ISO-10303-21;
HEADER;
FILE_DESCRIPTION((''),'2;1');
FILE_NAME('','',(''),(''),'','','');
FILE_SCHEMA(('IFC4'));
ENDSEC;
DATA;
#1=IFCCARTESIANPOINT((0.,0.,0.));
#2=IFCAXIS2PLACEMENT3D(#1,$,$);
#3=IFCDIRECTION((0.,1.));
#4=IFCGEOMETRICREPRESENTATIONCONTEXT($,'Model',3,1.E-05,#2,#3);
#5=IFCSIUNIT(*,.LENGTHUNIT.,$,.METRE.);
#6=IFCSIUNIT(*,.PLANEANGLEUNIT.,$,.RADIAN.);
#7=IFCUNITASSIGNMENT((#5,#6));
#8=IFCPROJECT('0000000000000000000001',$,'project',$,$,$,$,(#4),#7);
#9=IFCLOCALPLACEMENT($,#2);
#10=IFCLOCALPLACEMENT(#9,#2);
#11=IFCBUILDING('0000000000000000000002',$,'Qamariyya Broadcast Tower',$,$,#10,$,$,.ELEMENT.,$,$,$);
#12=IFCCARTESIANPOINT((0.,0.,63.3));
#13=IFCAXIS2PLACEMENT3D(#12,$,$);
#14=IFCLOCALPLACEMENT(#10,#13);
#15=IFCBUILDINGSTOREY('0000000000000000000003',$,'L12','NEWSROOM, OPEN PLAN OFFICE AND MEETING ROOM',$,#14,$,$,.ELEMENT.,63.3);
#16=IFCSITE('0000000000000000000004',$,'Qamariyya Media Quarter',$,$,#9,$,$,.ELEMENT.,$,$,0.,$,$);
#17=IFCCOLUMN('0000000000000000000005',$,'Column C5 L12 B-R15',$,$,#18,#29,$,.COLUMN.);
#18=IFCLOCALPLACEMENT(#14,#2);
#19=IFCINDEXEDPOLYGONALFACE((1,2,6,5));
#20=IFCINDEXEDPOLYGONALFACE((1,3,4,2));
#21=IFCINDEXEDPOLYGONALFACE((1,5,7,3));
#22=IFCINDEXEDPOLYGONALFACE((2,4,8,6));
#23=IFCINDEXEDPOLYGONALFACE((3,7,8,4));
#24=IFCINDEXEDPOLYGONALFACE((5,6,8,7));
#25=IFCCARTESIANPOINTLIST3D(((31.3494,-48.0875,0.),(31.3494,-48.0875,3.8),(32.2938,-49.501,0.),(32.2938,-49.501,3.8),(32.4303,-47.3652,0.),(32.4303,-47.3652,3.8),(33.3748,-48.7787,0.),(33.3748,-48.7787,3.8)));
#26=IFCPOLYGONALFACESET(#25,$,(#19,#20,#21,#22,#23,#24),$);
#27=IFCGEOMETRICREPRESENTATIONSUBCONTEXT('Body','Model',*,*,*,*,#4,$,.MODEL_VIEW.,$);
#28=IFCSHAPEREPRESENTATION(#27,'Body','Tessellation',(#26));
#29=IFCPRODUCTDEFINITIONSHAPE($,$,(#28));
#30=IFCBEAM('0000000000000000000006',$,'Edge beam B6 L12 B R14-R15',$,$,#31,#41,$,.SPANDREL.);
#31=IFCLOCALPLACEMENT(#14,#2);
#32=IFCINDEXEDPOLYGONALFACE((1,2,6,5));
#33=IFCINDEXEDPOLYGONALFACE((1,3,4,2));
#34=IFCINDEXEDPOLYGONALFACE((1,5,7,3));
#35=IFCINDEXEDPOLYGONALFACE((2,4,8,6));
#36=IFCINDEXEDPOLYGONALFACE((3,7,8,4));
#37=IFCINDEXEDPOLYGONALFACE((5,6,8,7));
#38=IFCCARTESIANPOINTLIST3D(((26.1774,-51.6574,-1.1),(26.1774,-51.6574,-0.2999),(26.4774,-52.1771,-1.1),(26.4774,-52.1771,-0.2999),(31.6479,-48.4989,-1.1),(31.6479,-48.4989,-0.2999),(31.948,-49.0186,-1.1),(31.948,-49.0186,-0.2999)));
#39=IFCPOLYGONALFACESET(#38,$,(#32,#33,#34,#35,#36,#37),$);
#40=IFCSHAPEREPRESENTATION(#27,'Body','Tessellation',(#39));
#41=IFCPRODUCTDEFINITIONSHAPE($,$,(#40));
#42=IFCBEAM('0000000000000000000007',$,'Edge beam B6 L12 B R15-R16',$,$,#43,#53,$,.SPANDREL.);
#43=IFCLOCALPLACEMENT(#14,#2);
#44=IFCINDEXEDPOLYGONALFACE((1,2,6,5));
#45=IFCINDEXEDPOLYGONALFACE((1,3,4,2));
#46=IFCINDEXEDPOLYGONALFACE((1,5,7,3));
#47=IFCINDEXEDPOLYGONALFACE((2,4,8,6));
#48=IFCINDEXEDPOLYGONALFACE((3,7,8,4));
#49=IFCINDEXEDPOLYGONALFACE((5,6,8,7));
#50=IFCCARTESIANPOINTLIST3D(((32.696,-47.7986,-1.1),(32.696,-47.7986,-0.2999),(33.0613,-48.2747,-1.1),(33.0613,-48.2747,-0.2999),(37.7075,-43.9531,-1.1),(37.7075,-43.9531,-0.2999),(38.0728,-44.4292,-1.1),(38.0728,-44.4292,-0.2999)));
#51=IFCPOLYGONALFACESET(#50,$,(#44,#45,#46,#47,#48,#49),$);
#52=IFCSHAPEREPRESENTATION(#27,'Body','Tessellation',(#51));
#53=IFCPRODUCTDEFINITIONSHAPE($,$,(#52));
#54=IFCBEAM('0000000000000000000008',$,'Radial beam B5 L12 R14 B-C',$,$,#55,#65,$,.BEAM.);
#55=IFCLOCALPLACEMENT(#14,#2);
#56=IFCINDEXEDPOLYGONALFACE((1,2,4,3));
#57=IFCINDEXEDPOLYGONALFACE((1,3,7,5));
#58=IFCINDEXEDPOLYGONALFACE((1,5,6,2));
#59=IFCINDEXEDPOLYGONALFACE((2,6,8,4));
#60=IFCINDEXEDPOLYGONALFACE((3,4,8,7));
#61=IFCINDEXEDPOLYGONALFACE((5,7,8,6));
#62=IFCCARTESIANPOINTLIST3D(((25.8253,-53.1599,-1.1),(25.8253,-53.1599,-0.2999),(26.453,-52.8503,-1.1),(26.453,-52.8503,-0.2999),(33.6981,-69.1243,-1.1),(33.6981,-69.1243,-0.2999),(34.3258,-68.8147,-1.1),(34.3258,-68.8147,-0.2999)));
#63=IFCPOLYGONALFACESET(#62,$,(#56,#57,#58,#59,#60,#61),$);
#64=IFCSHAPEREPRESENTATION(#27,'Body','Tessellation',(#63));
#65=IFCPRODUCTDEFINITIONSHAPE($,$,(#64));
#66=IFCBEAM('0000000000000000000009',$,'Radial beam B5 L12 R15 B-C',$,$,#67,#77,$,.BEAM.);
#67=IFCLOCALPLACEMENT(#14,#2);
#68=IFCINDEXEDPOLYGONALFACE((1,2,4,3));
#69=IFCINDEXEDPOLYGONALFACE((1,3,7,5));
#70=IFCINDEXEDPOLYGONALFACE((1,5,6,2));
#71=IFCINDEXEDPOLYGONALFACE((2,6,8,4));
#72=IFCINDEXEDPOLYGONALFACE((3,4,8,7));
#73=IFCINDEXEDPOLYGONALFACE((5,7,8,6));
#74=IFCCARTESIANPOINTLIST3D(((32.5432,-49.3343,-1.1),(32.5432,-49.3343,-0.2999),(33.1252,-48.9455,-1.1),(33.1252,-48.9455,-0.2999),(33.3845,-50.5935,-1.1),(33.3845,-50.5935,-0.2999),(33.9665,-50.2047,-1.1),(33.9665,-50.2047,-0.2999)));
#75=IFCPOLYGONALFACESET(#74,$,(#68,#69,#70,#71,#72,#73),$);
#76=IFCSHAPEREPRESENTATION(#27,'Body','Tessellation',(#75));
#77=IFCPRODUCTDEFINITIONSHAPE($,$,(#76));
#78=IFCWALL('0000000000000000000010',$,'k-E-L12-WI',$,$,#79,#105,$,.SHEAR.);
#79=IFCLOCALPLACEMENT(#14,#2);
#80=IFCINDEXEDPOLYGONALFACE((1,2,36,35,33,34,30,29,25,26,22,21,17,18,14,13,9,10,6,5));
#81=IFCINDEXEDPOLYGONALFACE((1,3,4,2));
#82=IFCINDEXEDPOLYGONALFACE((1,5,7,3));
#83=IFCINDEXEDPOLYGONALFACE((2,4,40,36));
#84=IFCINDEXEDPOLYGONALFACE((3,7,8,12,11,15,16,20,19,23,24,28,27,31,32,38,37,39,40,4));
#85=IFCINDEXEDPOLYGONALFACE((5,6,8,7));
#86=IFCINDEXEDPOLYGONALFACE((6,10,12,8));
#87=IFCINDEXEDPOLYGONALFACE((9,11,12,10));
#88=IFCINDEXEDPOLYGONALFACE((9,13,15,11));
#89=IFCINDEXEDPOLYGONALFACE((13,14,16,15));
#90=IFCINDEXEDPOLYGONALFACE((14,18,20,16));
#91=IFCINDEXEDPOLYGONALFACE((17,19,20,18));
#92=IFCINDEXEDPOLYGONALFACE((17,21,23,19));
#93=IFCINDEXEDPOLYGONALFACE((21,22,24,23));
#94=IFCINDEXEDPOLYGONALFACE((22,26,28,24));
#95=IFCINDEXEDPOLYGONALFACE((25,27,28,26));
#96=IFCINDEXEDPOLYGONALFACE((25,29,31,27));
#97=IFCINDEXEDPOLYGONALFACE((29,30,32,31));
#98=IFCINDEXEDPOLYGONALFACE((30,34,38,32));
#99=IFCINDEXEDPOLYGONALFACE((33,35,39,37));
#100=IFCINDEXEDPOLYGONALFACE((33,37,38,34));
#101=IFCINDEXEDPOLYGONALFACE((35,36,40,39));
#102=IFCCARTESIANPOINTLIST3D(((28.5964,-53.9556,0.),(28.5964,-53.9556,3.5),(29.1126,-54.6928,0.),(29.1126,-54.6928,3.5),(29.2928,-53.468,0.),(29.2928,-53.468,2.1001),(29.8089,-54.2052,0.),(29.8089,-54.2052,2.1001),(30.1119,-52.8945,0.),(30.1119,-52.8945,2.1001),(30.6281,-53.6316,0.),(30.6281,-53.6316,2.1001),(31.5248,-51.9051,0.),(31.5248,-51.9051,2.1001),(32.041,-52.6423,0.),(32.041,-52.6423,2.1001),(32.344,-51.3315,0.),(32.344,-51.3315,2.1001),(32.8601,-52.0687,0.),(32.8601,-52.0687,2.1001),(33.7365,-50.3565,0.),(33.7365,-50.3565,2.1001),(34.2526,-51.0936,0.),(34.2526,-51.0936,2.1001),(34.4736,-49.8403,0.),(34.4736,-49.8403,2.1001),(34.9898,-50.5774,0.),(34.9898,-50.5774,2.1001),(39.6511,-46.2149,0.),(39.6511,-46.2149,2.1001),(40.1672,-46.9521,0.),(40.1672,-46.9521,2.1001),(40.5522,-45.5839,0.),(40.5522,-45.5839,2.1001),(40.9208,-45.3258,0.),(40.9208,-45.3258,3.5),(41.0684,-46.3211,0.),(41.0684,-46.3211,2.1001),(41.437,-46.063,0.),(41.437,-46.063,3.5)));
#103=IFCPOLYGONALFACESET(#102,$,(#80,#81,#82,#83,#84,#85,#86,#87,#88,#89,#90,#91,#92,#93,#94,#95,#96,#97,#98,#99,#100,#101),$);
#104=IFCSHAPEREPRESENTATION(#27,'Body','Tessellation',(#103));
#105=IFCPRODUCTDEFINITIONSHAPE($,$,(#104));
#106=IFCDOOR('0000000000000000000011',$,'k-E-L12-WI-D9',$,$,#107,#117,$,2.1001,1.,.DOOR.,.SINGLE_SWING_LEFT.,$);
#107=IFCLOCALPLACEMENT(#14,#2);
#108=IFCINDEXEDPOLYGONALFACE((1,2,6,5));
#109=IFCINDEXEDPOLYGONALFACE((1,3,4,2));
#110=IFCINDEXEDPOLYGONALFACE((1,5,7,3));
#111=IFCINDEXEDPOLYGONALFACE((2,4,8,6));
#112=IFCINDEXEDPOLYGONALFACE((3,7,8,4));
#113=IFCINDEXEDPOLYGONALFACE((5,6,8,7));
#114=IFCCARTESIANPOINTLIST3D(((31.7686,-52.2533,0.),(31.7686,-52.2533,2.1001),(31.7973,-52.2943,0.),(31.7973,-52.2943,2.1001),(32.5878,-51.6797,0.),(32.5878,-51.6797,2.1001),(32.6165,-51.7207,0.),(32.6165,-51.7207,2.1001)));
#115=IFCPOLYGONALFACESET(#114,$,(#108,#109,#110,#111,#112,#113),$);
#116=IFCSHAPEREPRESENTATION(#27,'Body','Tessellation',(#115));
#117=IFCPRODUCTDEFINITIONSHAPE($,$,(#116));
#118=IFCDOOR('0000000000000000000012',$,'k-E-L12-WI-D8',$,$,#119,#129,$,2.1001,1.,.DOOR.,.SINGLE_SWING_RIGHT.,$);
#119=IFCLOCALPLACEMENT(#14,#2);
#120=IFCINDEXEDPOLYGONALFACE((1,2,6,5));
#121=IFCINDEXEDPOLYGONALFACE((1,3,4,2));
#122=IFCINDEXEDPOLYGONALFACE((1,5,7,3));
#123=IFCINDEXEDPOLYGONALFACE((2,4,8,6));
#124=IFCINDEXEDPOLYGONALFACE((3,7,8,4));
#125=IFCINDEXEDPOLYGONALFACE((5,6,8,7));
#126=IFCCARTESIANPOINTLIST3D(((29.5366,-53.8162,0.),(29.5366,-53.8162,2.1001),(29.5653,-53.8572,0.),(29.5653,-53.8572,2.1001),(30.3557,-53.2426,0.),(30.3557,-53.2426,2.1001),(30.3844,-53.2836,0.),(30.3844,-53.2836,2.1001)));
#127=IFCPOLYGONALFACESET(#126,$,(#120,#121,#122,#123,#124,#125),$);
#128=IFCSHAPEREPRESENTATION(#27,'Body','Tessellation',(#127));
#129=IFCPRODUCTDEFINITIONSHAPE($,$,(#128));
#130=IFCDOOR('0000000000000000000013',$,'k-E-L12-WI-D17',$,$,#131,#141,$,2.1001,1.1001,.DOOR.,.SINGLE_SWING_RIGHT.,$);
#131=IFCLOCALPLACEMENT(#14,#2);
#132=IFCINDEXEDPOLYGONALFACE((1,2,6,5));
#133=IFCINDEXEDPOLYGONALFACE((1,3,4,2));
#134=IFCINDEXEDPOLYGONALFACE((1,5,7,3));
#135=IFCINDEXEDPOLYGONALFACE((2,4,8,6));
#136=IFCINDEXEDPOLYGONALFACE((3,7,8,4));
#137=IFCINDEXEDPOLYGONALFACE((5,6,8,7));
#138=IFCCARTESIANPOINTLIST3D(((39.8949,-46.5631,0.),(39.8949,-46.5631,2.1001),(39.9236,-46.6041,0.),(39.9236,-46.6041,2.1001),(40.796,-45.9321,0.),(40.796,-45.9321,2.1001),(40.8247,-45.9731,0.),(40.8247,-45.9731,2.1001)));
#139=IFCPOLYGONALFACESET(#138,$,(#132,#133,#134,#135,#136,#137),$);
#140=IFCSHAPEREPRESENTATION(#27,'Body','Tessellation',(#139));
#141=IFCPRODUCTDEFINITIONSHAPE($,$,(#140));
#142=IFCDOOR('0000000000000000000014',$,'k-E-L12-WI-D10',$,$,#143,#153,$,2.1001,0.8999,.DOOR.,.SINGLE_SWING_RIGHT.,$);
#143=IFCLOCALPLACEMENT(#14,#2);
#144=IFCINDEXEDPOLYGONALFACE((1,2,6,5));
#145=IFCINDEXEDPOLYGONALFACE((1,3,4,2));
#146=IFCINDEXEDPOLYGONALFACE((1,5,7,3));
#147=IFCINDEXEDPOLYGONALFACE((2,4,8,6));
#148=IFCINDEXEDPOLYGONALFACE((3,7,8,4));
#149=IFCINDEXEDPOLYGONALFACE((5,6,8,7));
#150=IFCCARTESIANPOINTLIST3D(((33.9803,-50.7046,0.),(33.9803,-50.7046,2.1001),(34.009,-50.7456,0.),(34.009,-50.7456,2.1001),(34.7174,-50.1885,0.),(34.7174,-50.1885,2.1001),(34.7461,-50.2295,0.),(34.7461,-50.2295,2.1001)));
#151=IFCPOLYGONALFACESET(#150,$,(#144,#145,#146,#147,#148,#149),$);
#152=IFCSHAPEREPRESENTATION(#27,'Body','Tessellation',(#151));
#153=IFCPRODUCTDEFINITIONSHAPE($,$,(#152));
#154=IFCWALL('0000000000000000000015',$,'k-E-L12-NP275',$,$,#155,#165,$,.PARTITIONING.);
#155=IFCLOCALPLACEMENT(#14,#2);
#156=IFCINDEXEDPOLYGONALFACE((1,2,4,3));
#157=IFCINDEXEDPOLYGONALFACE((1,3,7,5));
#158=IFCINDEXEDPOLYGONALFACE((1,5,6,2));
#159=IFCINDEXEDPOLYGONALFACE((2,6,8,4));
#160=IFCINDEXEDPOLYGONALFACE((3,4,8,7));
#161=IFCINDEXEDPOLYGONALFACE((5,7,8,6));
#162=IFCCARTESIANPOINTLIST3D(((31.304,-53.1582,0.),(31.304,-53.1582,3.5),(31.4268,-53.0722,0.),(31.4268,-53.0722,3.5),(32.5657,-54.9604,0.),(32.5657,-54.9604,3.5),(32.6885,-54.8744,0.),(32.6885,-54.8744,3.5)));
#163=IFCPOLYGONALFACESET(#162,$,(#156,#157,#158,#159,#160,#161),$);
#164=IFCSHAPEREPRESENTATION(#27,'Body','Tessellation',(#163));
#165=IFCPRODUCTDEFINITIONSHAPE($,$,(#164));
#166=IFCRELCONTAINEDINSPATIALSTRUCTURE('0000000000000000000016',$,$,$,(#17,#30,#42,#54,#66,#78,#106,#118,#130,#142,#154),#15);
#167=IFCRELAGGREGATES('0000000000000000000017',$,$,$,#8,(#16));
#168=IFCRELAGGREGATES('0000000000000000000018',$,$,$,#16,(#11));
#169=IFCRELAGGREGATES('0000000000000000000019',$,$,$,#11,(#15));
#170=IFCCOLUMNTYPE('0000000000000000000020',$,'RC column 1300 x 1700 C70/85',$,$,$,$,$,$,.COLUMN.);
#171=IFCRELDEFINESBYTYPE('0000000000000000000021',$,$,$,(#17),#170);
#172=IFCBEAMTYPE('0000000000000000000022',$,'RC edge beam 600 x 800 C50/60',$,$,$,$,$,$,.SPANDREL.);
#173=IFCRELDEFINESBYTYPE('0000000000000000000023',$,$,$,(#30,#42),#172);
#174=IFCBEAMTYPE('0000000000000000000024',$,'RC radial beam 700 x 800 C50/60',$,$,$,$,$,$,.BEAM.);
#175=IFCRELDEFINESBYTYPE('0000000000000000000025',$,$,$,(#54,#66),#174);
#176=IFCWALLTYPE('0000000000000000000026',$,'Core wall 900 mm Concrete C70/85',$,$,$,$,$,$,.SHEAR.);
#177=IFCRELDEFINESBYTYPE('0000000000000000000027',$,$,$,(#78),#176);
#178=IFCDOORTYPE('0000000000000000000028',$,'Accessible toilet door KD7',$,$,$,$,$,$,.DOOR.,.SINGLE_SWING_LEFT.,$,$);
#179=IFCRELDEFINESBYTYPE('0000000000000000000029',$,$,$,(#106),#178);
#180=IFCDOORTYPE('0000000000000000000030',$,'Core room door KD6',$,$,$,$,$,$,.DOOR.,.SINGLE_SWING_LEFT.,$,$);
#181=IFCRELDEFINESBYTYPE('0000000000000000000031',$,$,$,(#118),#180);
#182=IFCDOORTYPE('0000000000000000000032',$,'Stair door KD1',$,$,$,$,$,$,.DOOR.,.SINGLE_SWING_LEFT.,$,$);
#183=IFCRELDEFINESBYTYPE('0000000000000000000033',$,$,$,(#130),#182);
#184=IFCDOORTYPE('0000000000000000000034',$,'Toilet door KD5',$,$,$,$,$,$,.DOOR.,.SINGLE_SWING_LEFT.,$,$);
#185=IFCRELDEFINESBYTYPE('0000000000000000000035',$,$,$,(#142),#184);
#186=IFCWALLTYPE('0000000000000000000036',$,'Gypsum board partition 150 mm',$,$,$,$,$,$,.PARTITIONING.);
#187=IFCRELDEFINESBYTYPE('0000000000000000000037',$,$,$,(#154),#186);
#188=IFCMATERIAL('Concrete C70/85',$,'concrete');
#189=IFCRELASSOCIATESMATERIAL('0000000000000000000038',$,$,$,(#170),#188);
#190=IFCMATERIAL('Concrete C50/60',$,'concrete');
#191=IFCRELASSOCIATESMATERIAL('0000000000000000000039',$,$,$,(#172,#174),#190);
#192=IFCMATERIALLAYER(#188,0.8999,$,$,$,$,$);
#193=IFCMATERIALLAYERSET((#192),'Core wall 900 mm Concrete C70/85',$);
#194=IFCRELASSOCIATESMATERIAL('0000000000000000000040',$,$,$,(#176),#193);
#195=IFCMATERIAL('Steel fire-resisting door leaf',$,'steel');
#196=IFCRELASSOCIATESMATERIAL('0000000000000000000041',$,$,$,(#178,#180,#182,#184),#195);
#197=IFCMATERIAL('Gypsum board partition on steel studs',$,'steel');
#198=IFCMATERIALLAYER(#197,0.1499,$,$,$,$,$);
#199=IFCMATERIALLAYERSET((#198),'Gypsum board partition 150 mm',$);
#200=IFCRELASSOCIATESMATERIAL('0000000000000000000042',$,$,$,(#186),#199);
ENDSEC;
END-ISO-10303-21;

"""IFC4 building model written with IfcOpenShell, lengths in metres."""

from ifc_helpers import new_model, si_unit, direction, frame, frame_2d, origin, origin_2d, place, context, subcontext, project, spatial, rectangle, extrude, material, layer, layer_set, material_profile, profile_set, type_object, element, fill, save


model = new_model("IFC4")

# Units and contexts
model_context = context("Model", 3, precision=1e-05, world=origin(), true_north=direction((0.0, 1.0)))
body_context = subcontext(model_context, "Body", "Model", "MODEL_VIEW")
ifc_project = project(units=[si_unit("LENGTHUNIT", "METRE"), si_unit("PLANEANGLEUNIT", "RADIAN")], contexts=[model_context])

# Site, building, storey
site_placement = place(None, origin())
site = spatial("IfcSite", under=ifc_project, at=site_placement, Name="Qamariyya Media Quarter", CompositionType="ELEMENT", RefElevation=0.0)
building_placement = place(site_placement, origin())
building = spatial("IfcBuilding", under=site, at=building_placement, Name="Qamariyya Broadcast Tower", CompositionType="ELEMENT")
storey_placement = place(building_placement, frame((0.0, 0.0, 63.3)))
storey = spatial("IfcBuildingStorey", under=building, at=storey_placement, Name="L12", Description="NEWSROOM, OPEN PLAN OFFICE AND MEETING ROOM", CompositionType="ELEMENT", Elevation=63.3)

# Column
ifc_material_1 = material(Name="Concrete C70/85", Category="concrete")
ifc_material_profile_1 = material_profile(ifc_material_1, rectangle(XDim=1.3, YDim=1.7, at=origin_2d()))
ifc_profile_set_1 = profile_set([ifc_material_profile_1], Name="Concrete C70/85")
column_type = type_object("IfcColumnType", Name="RC column 1300 x 1700 C70/85", PredefinedType="COLUMN", material=ifc_profile_set_1)
column_placement = place(storey_placement, frame((32.3621, -48.4331, 0.0), z_axis=(0.0, 0.0, 1.0), x_axis=(0.83147, 0.55557, 0.0)))
element("IfcColumn", 1, at=column_placement, inside=storey, type_object=column_type, Name="Column C5 L12 B-R15", PredefinedType="COLUMN", context=body_context, shape_type="SweptSolid", body=[
    extrude(rectangle(XDim=1.3, YDim=1.7, at=origin_2d()), origin(), (0.0, 0.0, 1.0), 3.8),
])

# Beams
ifc_material_2 = material(Name="Concrete C50/60", Category="concrete")
ifc_material_profile_2 = material_profile(ifc_material_2, rectangle(XDim=0.6001, YDim=0.8, at=origin_2d()))
ifc_profile_set_2 = profile_set([ifc_material_profile_2], Name="Concrete C50/60")
beam_type_1 = type_object("IfcBeamType", Name="RC edge beam 600 x 800 C50/60", PredefinedType="SPANDREL", material=ifc_profile_set_2)
for number, where, z_axis, x_axis, name in (
    (2, (26.3274, -51.9172, -0.7), (0.86602, 0.500009, 0.0), (-0.500009, 0.86602, 0.0), "Edge beam B6 L12 B R14-R15"),
    (3, (32.8787, -48.0366, -0.7), (0.793352, 0.608763, 0.0), (-0.608763, 0.793352, 0.0), "Edge beam B6 L12 B R15-R16"),
):
    element("IfcBeam", number, at=place(storey_placement, frame(where, z_axis=z_axis, x_axis=x_axis)), inside=storey, type_object=beam_type_1, Name=name, PredefinedType="SPANDREL", context=body_context, shape_type="SweptSolid", body=[
        extrude(rectangle(XDim=0.6001, YDim=0.8, at=origin_2d()), origin(), (0.0, 0.0, 1.0), 6.3169),
    ])
ifc_material_profile_3 = material_profile(ifc_material_2, rectangle(XDim=0.7, YDim=0.8, at=origin_2d()))
ifc_profile_set_3 = profile_set([ifc_material_profile_3], Name="Concrete C50/60")
beam_type_2 = type_object("IfcBeamType", Name="RC radial beam 700 x 800 C50/60", PredefinedType="BEAM", material=ifc_profile_set_3)
beam_1_placement = place(storey_placement, frame((26.1392, -53.0051, -0.7), z_axis=(0.442291, -0.896872, 0.0), x_axis=(0.896872, 0.442291, 0.0)))
element("IfcBeam", 4, at=beam_1_placement, inside=storey, type_object=beam_type_2, Name="Radial beam B5 L12 R14 B-C", PredefinedType="BEAM", context=body_context, shape_type="SweptSolid", body=[
    extrude(rectangle(XDim=0.7, YDim=0.8, at=origin_2d()), origin(), (0.0, 0.0, 1.0), 17.8),
])
beam_2_placement = place(storey_placement, frame((32.8342, -49.1399, -0.7), z_axis=(0.555518, -0.831504, 0.0), x_axis=(0.831504, 0.555518, 0.0)))
element("IfcBeam", 5, at=beam_2_placement, inside=storey, type_object=beam_type_2, Name="Radial beam B5 L12 R15 B-C", PredefinedType="BEAM", context=body_context, shape_type="SweptSolid", body=[
    extrude(rectangle(XDim=0.7, YDim=0.8, at=origin_2d()), origin(), (0.0, 0.0, 1.0), 1.5144),
])

# Wall, openings, doors
ifc_layer_1 = layer(ifc_material_1, 0.8999)
ifc_layer_set_1 = layer_set([ifc_layer_1], Name="Core wall 900 mm Concrete C70/85")
wall_type_1 = type_object("IfcWallType", Name="Core wall 900 mm Concrete C70/85", PredefinedType="SHEAR", material=ifc_layer_set_1)
wall_1_placement = place(storey_placement, frame((28.8545, -54.3242, 0.0), z_axis=(0.0, 0.0, 1.0), x_axis=(0.819146, 0.573585, 0.0)))
wall_1 = element("IfcWall", 6, at=wall_1_placement, inside=storey, type_object=wall_type_1, Name="k-E-L12-WI", PredefinedType="SHEAR", context=body_context, shape_type="SweptSolid", body=[
    extrude(rectangle(XDim=15.0454, YDim=0.8999, at=frame_2d((7.5227, 0.0))), origin(), (0.0, 0.0, 1.0), 3.5),
])
opening_1_placement = place(wall_1_placement, frame((0.8501, 0.0, 0.0)))
opening_1 = element("IfcOpeningElement", 7, at=opening_1_placement, cuts=wall_1, PredefinedType="OPENING", context=body_context, shape_type="SweptSolid", body=[
    extrude(rectangle(XDim=1.0, YDim=2.1001, at=frame_2d((0.5, 1.05))), frame((0.0, 0.46, 0.0), z_axis=(0.0, -1.0, 0.0), x_axis=(1.0, 0.0, 0.0)), (0.0, 0.0, 1.0), 0.9199),
])
opening_2_placement = place(wall_1_placement, frame((3.575, 0.0, 0.0)))
opening_2 = element("IfcOpeningElement", 8, at=opening_2_placement, cuts=wall_1, PredefinedType="OPENING", context=body_context, shape_type="SweptSolid", body=[
    extrude(rectangle(XDim=1.0, YDim=2.1001, at=frame_2d((0.5, 1.05))), frame((0.0, 0.46, 0.0), z_axis=(0.0, -1.0, 0.0), x_axis=(1.0, 0.0, 0.0)), (0.0, 0.0, 1.0), 0.9199),
])
opening_3_placement = place(wall_1_placement, frame((6.2749, 0.0, 0.0)))
opening_3 = element("IfcOpeningElement", 9, at=opening_3_placement, cuts=wall_1, PredefinedType="OPENING", context=body_context, shape_type="SweptSolid", body=[
    extrude(rectangle(XDim=0.8999, YDim=2.1001, at=frame_2d((0.45, 1.05))), frame((0.0, 0.46, 0.0), z_axis=(0.0, -1.0, 0.0), x_axis=(1.0, 0.0, 0.0)), (0.0, 0.0, 1.0), 0.9199),
])
opening_4_placement = place(wall_1_placement, frame((13.4954, 0.0, 0.0)))
opening_4 = element("IfcOpeningElement", 10, at=opening_4_placement, cuts=wall_1, PredefinedType="OPENING", context=body_context, shape_type="SweptSolid", body=[
    extrude(rectangle(XDim=1.1001, YDim=2.1001, at=frame_2d((0.55, 1.05))), frame((0.0, 0.46, 0.0), z_axis=(0.0, -1.0, 0.0), x_axis=(1.0, 0.0, 0.0)), (0.0, 0.0, 1.0), 0.9199),
])
ifc_material_3 = material(Name="Steel fire-resisting door leaf", Category="steel")
door_type_1 = type_object("IfcDoorType", Name="Accessible toilet door KD7", OperationType="SINGLE_SWING_LEFT", PredefinedType="DOOR", material=ifc_material_3)
door_1_placement = place(opening_2_placement, origin())
door_1 = element("IfcDoor", 11, at=door_1_placement, inside=storey, type_object=door_type_1, Name="k-E-L12-WI-D9", OperationType="SINGLE_SWING_LEFT", OverallHeight=2.1001, OverallWidth=1.0, PredefinedType="DOOR", context=body_context, shape_type="SweptSolid", body=[
    extrude(rectangle(XDim=1.0, YDim=2.1001, at=frame_2d((0.5, 1.05))), frame((0.0, 0.0249, 0.0), z_axis=(0.0, -1.0, 0.0), x_axis=(1.0, 0.0, 0.0)), (0.0, 0.0, 1.0), 0.05),
])
fill(opening_2, door_1)
door_type_2 = type_object("IfcDoorType", Name="Core room door KD6", OperationType="SINGLE_SWING_LEFT", PredefinedType="DOOR", material=ifc_material_3)
door_2_placement = place(opening_1_placement, origin())
door_2 = element("IfcDoor", 12, at=door_2_placement, inside=storey, type_object=door_type_2, Name="k-E-L12-WI-D8", OperationType="SINGLE_SWING_RIGHT", OverallHeight=2.1001, OverallWidth=1.0, PredefinedType="DOOR", context=body_context, shape_type="SweptSolid", body=[
    extrude(rectangle(XDim=1.0, YDim=2.1001, at=frame_2d((0.5, 1.05))), frame((0.0, 0.0249, 0.0), z_axis=(0.0, -1.0, 0.0), x_axis=(1.0, 0.0, 0.0)), (0.0, 0.0, 1.0), 0.05),
])
fill(opening_1, door_2)
door_type_3 = type_object("IfcDoorType", Name="Stair door KD1", OperationType="SINGLE_SWING_LEFT", PredefinedType="DOOR", material=ifc_material_3)
door_3_placement = place(opening_4_placement, origin())
door_3 = element("IfcDoor", 13, at=door_3_placement, inside=storey, type_object=door_type_3, Name="k-E-L12-WI-D17", OperationType="SINGLE_SWING_RIGHT", OverallHeight=2.1001, OverallWidth=1.1001, PredefinedType="DOOR", context=body_context, shape_type="SweptSolid", body=[
    extrude(rectangle(XDim=1.1001, YDim=2.1001, at=frame_2d((0.55, 1.05))), frame((0.0, 0.0249, 0.0), z_axis=(0.0, -1.0, 0.0), x_axis=(1.0, 0.0, 0.0)), (0.0, 0.0, 1.0), 0.05),
])
fill(opening_4, door_3)
door_type_4 = type_object("IfcDoorType", Name="Toilet door KD5", OperationType="SINGLE_SWING_LEFT", PredefinedType="DOOR", material=ifc_material_3)
door_4_placement = place(opening_3_placement, origin())
door_4 = element("IfcDoor", 14, at=door_4_placement, inside=storey, type_object=door_type_4, Name="k-E-L12-WI-D10", OperationType="SINGLE_SWING_RIGHT", OverallHeight=2.1001, OverallWidth=0.8999, PredefinedType="DOOR", context=body_context, shape_type="SweptSolid", body=[
    extrude(rectangle(XDim=0.8999, YDim=2.1001, at=frame_2d((0.45, 1.05))), frame((0.0, 0.0249, 0.0), z_axis=(0.0, -1.0, 0.0), x_axis=(1.0, 0.0, 0.0)), (0.0, 0.0, 1.0), 0.05),
])
fill(opening_3, door_4)

# Wall
ifc_material_4 = material(Name="Gypsum board partition on steel studs", Category="steel")
ifc_layer_2 = layer(ifc_material_4, 0.1499)
ifc_layer_set_2 = layer_set([ifc_layer_2], Name="Gypsum board partition 150 mm")
wall_type_2 = type_object("IfcWallType", Name="Gypsum board partition 150 mm", PredefinedType="PARTITIONING", material=ifc_layer_set_2)
for number, where, z_axis, x_axis, name in (
    (15, (32.6272, -54.9175, 0.0), (0.0, 0.0, 1.0), (-0.573507, 0.819201, 0.0), "k-E-L12-NP275"),
):
    element("IfcWall", number, at=place(storey_placement, frame(where, z_axis=z_axis, x_axis=x_axis)), inside=storey, type_object=wall_type_2, Name=name, PredefinedType="PARTITIONING", context=body_context, shape_type="SweptSolid", body=[
        extrude(rectangle(XDim=2.2, YDim=0.1499, at=frame_2d((1.1001, 0.0))), origin(), (0.0, 0.0, 1.0), 3.5),
    ])

save(model, "model.ifc")
